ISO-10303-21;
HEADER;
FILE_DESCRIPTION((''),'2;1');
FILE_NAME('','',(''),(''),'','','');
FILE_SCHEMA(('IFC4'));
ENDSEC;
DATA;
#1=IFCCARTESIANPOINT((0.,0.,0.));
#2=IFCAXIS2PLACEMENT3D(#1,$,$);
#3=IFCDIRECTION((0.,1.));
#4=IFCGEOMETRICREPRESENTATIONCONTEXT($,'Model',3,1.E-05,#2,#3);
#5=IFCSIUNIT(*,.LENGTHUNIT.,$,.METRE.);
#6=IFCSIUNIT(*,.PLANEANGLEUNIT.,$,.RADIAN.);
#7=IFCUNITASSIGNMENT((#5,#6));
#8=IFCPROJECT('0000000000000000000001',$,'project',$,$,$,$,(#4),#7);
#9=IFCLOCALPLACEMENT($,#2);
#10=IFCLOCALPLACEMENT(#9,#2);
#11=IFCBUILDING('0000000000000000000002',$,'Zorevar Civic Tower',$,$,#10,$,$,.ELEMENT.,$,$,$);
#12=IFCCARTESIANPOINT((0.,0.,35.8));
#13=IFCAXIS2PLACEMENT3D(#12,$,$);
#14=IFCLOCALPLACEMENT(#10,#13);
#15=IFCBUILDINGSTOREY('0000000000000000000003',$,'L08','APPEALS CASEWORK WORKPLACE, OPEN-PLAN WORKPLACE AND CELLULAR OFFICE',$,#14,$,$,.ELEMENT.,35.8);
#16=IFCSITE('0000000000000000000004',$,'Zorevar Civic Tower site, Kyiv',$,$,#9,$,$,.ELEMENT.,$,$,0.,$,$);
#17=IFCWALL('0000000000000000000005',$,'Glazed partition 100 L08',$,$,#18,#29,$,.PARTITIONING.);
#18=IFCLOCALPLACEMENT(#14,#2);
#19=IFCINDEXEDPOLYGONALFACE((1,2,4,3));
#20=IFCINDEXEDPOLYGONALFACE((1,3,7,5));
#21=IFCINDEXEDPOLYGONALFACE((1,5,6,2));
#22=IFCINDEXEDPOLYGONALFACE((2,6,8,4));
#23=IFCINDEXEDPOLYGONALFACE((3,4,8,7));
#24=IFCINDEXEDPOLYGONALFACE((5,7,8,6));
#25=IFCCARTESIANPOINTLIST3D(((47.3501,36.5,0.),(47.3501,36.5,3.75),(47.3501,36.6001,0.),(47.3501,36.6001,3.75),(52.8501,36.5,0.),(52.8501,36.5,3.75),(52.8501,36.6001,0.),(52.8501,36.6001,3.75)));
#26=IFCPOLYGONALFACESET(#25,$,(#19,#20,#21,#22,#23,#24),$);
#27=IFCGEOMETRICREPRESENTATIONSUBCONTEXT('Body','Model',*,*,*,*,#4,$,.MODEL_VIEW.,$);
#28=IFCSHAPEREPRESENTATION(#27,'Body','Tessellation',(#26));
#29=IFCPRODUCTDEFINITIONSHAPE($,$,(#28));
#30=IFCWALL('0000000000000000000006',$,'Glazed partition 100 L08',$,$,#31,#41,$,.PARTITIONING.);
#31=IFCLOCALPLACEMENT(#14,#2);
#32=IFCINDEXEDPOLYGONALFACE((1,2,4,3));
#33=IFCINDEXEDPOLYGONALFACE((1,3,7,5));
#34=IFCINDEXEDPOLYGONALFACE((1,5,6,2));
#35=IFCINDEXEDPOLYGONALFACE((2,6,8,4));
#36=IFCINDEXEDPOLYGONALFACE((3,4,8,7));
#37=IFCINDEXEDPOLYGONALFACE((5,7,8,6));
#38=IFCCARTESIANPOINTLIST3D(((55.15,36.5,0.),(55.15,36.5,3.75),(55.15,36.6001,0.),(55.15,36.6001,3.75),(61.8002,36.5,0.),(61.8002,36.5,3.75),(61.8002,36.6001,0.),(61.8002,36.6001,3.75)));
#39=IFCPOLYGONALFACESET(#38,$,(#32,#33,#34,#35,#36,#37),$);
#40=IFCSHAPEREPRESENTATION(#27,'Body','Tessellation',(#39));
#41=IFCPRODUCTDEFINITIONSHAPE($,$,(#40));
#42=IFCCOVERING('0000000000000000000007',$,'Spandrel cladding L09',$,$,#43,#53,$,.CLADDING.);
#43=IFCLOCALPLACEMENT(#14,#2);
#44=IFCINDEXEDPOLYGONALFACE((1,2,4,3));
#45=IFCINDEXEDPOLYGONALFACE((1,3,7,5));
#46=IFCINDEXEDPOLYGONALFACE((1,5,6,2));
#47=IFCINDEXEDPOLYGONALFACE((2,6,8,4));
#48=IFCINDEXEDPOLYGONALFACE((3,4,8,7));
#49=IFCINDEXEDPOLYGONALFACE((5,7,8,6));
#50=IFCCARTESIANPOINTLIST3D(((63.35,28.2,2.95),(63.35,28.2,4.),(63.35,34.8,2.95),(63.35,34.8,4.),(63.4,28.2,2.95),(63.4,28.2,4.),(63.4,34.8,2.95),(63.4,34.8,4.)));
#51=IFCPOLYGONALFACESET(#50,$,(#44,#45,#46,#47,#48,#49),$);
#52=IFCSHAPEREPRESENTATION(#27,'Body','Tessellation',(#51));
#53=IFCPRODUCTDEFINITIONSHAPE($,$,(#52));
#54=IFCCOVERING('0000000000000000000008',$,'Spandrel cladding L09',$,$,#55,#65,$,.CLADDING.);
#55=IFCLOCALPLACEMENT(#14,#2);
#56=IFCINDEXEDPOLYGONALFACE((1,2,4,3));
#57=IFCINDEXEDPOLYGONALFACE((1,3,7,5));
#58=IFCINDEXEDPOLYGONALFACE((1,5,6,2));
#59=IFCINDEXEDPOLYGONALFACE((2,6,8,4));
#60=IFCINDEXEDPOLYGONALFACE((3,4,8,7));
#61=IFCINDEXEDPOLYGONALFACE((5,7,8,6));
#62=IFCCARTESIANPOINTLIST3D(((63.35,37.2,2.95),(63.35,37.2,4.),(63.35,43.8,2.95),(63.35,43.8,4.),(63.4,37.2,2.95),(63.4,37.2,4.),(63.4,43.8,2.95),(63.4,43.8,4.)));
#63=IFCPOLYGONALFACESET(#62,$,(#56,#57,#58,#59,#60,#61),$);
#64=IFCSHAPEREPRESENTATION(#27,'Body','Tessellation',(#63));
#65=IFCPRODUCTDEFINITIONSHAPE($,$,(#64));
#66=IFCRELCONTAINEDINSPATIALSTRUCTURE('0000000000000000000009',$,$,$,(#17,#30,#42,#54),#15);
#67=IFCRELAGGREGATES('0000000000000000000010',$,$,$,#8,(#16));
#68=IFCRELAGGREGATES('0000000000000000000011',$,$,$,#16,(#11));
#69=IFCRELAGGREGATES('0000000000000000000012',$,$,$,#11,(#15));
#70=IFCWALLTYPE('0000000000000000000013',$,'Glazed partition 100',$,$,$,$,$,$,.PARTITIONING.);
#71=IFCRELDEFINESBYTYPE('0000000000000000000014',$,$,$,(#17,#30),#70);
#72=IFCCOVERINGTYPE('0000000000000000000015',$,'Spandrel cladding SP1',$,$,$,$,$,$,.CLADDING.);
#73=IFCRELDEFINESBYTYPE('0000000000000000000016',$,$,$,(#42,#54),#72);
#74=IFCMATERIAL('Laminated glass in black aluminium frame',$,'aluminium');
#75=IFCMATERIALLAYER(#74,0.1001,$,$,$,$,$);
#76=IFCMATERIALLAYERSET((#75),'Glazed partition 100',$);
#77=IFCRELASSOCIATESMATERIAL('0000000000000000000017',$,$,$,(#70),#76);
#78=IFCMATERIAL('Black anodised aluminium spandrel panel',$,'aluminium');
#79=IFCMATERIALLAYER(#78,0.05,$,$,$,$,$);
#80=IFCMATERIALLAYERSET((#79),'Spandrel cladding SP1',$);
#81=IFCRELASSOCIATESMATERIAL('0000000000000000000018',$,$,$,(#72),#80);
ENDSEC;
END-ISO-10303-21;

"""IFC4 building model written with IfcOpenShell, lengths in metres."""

from ifc_helpers import new_model, si_unit, direction, frame, frame_2d, origin, place, context, subcontext, project, spatial, rectangle, extrude, material, layer, layer_set, type_object, element, save


model = new_model("IFC4")

# Units and contexts
model_context = context("Model", 3, precision=1e-05, world=origin(), true_north=direction((0.0, 1.0)))
body_context = subcontext(model_context, "Body", "Model", "MODEL_VIEW")
ifc_project = project(units=[si_unit("LENGTHUNIT", "METRE"), si_unit("PLANEANGLEUNIT", "RADIAN")], contexts=[model_context])

# Site, building, storey
site_placement = place(None, origin())
site = spatial("IfcSite", under=ifc_project, at=site_placement, Name="Zorevar Civic Tower site, Kyiv", CompositionType="ELEMENT", RefElevation=0.0)
building_placement = place(site_placement, origin())
building = spatial("IfcBuilding", under=site, at=building_placement, Name="Zorevar Civic Tower", CompositionType="ELEMENT")
storey_placement = place(building_placement, frame((0.0, 0.0, 35.8)))
storey = spatial("IfcBuildingStorey", under=building, at=storey_placement, Name="L08", Description="APPEALS CASEWORK WORKPLACE, OPEN-PLAN WORKPLACE AND CELLULAR OFFICE", CompositionType="ELEMENT", Elevation=35.8)

# Walls
ifc_material_1 = material(Name="Laminated glass in black aluminium frame", Category="aluminium")
ifc_layer_1 = layer(ifc_material_1, 0.1001)
ifc_layer_set_1 = layer_set([ifc_layer_1], Name="Glazed partition 100")
wall_type_1 = type_object("IfcWallType", Name="Glazed partition 100", PredefinedType="PARTITIONING", material=ifc_layer_set_1)
wall_1_placement = place(storey_placement, frame((47.3501, 36.55, 0.0), z_axis=(0.0, 0.0, 1.0), x_axis=(1.0, 0.0, 0.0)))
element("IfcWall", 1, at=wall_1_placement, inside=storey, type_object=wall_type_1, Name="Glazed partition 100 L08", PredefinedType="PARTITIONING", context=body_context, shape_type="SweptSolid", body=[
    extrude(rectangle(XDim=5.5, YDim=0.1001, at=frame_2d((2.75, 0.0))), origin(), (0.0, 0.0, 1.0), 3.75),
])
wall_2_placement = place(storey_placement, frame((55.1499, 36.55, 0.0), z_axis=(0.0, 0.0, 1.0), x_axis=(1.0, 0.0, 0.0)))
element("IfcWall", 2, at=wall_2_placement, inside=storey, type_object=wall_type_1, Name="Glazed partition 100 L08", PredefinedType="PARTITIONING", context=body_context, shape_type="SweptSolid", body=[
    extrude(rectangle(XDim=6.6501, YDim=0.1001, at=frame_2d((3.3252, 0.0))), origin(), (0.0, 0.0, 1.0), 3.75),
])

# Coverings
ifc_material_2 = material(Name="Black anodised aluminium spandrel panel", Category="aluminium")
ifc_layer_2 = layer(ifc_material_2, 0.05)
ifc_layer_set_2 = layer_set([ifc_layer_2], Name="Spandrel cladding SP1")
covering_type = type_object("IfcCoveringType", Name="Spandrel cladding SP1", PredefinedType="CLADDING", material=ifc_layer_set_2)
for number, where, z_axis, x_axis, name in (
    (3, (63.375, 28.2, 2.95), (0.0, 0.0, 1.0), (0.0, 1.0, 0.0), "Spandrel cladding L09"),
    (4, (63.375, 37.2, 2.95), (0.0, 0.0, 1.0), (0.0, 1.0, 0.0), "Spandrel cladding L09"),
):
    element("IfcCovering", number, at=place(storey_placement, frame(where, z_axis=z_axis, x_axis=x_axis)), inside=storey, type_object=covering_type, Name=name, PredefinedType="CLADDING", context=body_context, shape_type="SweptSolid", body=[
        extrude(rectangle(XDim=6.6001, YDim=0.05, at=frame_2d((3.3, 0.0))), origin(), (0.0, 0.0, 1.0), 1.05),
    ])

save(model, "model.ifc")
